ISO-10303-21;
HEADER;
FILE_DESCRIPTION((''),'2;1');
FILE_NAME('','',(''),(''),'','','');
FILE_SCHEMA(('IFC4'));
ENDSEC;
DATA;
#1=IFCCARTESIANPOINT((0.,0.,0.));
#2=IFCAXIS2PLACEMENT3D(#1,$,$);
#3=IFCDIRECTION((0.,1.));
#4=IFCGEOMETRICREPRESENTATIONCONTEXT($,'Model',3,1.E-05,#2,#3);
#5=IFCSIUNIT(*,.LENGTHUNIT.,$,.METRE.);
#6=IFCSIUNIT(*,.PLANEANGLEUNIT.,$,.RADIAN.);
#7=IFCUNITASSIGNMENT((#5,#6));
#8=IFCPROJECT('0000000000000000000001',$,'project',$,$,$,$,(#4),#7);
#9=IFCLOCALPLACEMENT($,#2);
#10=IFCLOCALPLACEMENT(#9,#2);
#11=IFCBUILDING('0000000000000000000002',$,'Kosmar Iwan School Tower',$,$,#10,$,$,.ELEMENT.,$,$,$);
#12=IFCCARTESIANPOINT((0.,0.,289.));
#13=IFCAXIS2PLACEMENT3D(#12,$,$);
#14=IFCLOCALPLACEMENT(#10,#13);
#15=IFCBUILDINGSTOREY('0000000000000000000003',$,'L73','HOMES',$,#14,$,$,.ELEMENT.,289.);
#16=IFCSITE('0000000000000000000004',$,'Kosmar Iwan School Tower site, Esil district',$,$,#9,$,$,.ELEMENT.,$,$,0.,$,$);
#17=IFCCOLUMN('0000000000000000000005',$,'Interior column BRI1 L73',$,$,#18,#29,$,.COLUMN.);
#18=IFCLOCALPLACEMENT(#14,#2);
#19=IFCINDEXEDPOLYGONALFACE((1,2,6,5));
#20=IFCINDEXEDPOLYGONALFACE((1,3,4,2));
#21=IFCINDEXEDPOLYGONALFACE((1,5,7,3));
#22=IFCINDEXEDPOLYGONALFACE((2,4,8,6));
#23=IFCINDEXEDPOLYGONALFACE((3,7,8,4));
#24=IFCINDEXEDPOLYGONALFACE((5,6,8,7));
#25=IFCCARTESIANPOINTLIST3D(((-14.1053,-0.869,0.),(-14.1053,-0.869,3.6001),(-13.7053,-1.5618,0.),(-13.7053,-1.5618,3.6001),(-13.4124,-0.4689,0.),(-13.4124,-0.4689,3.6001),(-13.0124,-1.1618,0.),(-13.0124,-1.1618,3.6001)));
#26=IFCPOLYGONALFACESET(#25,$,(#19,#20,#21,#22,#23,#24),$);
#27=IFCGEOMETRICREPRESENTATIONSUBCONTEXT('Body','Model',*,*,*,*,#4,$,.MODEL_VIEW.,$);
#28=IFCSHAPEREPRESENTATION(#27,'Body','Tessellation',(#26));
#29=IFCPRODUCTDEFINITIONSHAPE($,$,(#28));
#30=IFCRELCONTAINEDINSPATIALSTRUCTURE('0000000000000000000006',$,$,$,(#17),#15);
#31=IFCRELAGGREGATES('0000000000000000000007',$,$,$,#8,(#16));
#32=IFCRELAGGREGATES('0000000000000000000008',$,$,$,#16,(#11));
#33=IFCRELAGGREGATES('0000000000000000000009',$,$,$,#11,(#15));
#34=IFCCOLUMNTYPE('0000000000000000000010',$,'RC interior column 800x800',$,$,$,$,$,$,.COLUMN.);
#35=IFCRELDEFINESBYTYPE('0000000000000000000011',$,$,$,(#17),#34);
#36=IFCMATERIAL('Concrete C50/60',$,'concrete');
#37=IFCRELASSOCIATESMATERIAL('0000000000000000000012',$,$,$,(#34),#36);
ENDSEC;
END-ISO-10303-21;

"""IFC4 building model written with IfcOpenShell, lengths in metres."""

from ifc_helpers import new_model, si_unit, direction, frame, origin, origin_2d, place, context, subcontext, project, spatial, rectangle, extrude, material, material_profile, profile_set, type_object, element, save


model = new_model("IFC4")

# Units and contexts
model_context = context("Model", 3, precision=1e-05, world=origin(), true_north=direction((0.0, 1.0)))
body_context = subcontext(model_context, "Body", "Model", "MODEL_VIEW")
ifc_project = project(units=[si_unit("LENGTHUNIT", "METRE"), si_unit("PLANEANGLEUNIT", "RADIAN")], contexts=[model_context])

# Site, building, storey
site_placement = place(None, origin())
site = spatial("IfcSite", under=ifc_project, at=site_placement, Name="Kosmar Iwan School Tower site, Esil district", CompositionType="ELEMENT", RefElevation=0.0)
building_placement = place(site_placement, origin())
building = spatial("IfcBuilding", under=site, at=building_placement, Name="Kosmar Iwan School Tower", CompositionType="ELEMENT")
storey_placement = place(building_placement, frame((0.0, 0.0, 289.0)))
storey = spatial("IfcBuildingStorey", under=building, at=storey_placement, Name="L73", Description="HOMES", CompositionType="ELEMENT", Elevation=289.0)

# Column
ifc_material_1 = material(Name="Concrete C50/60", Category="concrete")
ifc_material_profile = material_profile(ifc_material_1, rectangle(XDim=0.8, YDim=0.8, at=origin_2d()), Name="RC 800x800")
ifc_profile_set = profile_set([ifc_material_profile], Name="Concrete C50/60")
column_type = type_object("IfcColumnType", Name="RC interior column 800x800", PredefinedType="COLUMN", material=ifc_profile_set)
column_placement = place(storey_placement, frame((-13.5588, -1.0154, 0.0), z_axis=(0.0, 0.0, 1.0), x_axis=(-0.866025, -0.5, 0.0)))
element("IfcColumn", 1, at=column_placement, inside=storey, type_object=column_type, Name="Interior column BRI1 L73", PredefinedType="COLUMN", context=body_context, shape_type="SweptSolid", body=[
    extrude(rectangle(XDim=0.8, YDim=0.8, at=origin_2d()), origin(), (0.0, 0.0, 1.0), 3.6001),
])

save(model, "model.ifc")
